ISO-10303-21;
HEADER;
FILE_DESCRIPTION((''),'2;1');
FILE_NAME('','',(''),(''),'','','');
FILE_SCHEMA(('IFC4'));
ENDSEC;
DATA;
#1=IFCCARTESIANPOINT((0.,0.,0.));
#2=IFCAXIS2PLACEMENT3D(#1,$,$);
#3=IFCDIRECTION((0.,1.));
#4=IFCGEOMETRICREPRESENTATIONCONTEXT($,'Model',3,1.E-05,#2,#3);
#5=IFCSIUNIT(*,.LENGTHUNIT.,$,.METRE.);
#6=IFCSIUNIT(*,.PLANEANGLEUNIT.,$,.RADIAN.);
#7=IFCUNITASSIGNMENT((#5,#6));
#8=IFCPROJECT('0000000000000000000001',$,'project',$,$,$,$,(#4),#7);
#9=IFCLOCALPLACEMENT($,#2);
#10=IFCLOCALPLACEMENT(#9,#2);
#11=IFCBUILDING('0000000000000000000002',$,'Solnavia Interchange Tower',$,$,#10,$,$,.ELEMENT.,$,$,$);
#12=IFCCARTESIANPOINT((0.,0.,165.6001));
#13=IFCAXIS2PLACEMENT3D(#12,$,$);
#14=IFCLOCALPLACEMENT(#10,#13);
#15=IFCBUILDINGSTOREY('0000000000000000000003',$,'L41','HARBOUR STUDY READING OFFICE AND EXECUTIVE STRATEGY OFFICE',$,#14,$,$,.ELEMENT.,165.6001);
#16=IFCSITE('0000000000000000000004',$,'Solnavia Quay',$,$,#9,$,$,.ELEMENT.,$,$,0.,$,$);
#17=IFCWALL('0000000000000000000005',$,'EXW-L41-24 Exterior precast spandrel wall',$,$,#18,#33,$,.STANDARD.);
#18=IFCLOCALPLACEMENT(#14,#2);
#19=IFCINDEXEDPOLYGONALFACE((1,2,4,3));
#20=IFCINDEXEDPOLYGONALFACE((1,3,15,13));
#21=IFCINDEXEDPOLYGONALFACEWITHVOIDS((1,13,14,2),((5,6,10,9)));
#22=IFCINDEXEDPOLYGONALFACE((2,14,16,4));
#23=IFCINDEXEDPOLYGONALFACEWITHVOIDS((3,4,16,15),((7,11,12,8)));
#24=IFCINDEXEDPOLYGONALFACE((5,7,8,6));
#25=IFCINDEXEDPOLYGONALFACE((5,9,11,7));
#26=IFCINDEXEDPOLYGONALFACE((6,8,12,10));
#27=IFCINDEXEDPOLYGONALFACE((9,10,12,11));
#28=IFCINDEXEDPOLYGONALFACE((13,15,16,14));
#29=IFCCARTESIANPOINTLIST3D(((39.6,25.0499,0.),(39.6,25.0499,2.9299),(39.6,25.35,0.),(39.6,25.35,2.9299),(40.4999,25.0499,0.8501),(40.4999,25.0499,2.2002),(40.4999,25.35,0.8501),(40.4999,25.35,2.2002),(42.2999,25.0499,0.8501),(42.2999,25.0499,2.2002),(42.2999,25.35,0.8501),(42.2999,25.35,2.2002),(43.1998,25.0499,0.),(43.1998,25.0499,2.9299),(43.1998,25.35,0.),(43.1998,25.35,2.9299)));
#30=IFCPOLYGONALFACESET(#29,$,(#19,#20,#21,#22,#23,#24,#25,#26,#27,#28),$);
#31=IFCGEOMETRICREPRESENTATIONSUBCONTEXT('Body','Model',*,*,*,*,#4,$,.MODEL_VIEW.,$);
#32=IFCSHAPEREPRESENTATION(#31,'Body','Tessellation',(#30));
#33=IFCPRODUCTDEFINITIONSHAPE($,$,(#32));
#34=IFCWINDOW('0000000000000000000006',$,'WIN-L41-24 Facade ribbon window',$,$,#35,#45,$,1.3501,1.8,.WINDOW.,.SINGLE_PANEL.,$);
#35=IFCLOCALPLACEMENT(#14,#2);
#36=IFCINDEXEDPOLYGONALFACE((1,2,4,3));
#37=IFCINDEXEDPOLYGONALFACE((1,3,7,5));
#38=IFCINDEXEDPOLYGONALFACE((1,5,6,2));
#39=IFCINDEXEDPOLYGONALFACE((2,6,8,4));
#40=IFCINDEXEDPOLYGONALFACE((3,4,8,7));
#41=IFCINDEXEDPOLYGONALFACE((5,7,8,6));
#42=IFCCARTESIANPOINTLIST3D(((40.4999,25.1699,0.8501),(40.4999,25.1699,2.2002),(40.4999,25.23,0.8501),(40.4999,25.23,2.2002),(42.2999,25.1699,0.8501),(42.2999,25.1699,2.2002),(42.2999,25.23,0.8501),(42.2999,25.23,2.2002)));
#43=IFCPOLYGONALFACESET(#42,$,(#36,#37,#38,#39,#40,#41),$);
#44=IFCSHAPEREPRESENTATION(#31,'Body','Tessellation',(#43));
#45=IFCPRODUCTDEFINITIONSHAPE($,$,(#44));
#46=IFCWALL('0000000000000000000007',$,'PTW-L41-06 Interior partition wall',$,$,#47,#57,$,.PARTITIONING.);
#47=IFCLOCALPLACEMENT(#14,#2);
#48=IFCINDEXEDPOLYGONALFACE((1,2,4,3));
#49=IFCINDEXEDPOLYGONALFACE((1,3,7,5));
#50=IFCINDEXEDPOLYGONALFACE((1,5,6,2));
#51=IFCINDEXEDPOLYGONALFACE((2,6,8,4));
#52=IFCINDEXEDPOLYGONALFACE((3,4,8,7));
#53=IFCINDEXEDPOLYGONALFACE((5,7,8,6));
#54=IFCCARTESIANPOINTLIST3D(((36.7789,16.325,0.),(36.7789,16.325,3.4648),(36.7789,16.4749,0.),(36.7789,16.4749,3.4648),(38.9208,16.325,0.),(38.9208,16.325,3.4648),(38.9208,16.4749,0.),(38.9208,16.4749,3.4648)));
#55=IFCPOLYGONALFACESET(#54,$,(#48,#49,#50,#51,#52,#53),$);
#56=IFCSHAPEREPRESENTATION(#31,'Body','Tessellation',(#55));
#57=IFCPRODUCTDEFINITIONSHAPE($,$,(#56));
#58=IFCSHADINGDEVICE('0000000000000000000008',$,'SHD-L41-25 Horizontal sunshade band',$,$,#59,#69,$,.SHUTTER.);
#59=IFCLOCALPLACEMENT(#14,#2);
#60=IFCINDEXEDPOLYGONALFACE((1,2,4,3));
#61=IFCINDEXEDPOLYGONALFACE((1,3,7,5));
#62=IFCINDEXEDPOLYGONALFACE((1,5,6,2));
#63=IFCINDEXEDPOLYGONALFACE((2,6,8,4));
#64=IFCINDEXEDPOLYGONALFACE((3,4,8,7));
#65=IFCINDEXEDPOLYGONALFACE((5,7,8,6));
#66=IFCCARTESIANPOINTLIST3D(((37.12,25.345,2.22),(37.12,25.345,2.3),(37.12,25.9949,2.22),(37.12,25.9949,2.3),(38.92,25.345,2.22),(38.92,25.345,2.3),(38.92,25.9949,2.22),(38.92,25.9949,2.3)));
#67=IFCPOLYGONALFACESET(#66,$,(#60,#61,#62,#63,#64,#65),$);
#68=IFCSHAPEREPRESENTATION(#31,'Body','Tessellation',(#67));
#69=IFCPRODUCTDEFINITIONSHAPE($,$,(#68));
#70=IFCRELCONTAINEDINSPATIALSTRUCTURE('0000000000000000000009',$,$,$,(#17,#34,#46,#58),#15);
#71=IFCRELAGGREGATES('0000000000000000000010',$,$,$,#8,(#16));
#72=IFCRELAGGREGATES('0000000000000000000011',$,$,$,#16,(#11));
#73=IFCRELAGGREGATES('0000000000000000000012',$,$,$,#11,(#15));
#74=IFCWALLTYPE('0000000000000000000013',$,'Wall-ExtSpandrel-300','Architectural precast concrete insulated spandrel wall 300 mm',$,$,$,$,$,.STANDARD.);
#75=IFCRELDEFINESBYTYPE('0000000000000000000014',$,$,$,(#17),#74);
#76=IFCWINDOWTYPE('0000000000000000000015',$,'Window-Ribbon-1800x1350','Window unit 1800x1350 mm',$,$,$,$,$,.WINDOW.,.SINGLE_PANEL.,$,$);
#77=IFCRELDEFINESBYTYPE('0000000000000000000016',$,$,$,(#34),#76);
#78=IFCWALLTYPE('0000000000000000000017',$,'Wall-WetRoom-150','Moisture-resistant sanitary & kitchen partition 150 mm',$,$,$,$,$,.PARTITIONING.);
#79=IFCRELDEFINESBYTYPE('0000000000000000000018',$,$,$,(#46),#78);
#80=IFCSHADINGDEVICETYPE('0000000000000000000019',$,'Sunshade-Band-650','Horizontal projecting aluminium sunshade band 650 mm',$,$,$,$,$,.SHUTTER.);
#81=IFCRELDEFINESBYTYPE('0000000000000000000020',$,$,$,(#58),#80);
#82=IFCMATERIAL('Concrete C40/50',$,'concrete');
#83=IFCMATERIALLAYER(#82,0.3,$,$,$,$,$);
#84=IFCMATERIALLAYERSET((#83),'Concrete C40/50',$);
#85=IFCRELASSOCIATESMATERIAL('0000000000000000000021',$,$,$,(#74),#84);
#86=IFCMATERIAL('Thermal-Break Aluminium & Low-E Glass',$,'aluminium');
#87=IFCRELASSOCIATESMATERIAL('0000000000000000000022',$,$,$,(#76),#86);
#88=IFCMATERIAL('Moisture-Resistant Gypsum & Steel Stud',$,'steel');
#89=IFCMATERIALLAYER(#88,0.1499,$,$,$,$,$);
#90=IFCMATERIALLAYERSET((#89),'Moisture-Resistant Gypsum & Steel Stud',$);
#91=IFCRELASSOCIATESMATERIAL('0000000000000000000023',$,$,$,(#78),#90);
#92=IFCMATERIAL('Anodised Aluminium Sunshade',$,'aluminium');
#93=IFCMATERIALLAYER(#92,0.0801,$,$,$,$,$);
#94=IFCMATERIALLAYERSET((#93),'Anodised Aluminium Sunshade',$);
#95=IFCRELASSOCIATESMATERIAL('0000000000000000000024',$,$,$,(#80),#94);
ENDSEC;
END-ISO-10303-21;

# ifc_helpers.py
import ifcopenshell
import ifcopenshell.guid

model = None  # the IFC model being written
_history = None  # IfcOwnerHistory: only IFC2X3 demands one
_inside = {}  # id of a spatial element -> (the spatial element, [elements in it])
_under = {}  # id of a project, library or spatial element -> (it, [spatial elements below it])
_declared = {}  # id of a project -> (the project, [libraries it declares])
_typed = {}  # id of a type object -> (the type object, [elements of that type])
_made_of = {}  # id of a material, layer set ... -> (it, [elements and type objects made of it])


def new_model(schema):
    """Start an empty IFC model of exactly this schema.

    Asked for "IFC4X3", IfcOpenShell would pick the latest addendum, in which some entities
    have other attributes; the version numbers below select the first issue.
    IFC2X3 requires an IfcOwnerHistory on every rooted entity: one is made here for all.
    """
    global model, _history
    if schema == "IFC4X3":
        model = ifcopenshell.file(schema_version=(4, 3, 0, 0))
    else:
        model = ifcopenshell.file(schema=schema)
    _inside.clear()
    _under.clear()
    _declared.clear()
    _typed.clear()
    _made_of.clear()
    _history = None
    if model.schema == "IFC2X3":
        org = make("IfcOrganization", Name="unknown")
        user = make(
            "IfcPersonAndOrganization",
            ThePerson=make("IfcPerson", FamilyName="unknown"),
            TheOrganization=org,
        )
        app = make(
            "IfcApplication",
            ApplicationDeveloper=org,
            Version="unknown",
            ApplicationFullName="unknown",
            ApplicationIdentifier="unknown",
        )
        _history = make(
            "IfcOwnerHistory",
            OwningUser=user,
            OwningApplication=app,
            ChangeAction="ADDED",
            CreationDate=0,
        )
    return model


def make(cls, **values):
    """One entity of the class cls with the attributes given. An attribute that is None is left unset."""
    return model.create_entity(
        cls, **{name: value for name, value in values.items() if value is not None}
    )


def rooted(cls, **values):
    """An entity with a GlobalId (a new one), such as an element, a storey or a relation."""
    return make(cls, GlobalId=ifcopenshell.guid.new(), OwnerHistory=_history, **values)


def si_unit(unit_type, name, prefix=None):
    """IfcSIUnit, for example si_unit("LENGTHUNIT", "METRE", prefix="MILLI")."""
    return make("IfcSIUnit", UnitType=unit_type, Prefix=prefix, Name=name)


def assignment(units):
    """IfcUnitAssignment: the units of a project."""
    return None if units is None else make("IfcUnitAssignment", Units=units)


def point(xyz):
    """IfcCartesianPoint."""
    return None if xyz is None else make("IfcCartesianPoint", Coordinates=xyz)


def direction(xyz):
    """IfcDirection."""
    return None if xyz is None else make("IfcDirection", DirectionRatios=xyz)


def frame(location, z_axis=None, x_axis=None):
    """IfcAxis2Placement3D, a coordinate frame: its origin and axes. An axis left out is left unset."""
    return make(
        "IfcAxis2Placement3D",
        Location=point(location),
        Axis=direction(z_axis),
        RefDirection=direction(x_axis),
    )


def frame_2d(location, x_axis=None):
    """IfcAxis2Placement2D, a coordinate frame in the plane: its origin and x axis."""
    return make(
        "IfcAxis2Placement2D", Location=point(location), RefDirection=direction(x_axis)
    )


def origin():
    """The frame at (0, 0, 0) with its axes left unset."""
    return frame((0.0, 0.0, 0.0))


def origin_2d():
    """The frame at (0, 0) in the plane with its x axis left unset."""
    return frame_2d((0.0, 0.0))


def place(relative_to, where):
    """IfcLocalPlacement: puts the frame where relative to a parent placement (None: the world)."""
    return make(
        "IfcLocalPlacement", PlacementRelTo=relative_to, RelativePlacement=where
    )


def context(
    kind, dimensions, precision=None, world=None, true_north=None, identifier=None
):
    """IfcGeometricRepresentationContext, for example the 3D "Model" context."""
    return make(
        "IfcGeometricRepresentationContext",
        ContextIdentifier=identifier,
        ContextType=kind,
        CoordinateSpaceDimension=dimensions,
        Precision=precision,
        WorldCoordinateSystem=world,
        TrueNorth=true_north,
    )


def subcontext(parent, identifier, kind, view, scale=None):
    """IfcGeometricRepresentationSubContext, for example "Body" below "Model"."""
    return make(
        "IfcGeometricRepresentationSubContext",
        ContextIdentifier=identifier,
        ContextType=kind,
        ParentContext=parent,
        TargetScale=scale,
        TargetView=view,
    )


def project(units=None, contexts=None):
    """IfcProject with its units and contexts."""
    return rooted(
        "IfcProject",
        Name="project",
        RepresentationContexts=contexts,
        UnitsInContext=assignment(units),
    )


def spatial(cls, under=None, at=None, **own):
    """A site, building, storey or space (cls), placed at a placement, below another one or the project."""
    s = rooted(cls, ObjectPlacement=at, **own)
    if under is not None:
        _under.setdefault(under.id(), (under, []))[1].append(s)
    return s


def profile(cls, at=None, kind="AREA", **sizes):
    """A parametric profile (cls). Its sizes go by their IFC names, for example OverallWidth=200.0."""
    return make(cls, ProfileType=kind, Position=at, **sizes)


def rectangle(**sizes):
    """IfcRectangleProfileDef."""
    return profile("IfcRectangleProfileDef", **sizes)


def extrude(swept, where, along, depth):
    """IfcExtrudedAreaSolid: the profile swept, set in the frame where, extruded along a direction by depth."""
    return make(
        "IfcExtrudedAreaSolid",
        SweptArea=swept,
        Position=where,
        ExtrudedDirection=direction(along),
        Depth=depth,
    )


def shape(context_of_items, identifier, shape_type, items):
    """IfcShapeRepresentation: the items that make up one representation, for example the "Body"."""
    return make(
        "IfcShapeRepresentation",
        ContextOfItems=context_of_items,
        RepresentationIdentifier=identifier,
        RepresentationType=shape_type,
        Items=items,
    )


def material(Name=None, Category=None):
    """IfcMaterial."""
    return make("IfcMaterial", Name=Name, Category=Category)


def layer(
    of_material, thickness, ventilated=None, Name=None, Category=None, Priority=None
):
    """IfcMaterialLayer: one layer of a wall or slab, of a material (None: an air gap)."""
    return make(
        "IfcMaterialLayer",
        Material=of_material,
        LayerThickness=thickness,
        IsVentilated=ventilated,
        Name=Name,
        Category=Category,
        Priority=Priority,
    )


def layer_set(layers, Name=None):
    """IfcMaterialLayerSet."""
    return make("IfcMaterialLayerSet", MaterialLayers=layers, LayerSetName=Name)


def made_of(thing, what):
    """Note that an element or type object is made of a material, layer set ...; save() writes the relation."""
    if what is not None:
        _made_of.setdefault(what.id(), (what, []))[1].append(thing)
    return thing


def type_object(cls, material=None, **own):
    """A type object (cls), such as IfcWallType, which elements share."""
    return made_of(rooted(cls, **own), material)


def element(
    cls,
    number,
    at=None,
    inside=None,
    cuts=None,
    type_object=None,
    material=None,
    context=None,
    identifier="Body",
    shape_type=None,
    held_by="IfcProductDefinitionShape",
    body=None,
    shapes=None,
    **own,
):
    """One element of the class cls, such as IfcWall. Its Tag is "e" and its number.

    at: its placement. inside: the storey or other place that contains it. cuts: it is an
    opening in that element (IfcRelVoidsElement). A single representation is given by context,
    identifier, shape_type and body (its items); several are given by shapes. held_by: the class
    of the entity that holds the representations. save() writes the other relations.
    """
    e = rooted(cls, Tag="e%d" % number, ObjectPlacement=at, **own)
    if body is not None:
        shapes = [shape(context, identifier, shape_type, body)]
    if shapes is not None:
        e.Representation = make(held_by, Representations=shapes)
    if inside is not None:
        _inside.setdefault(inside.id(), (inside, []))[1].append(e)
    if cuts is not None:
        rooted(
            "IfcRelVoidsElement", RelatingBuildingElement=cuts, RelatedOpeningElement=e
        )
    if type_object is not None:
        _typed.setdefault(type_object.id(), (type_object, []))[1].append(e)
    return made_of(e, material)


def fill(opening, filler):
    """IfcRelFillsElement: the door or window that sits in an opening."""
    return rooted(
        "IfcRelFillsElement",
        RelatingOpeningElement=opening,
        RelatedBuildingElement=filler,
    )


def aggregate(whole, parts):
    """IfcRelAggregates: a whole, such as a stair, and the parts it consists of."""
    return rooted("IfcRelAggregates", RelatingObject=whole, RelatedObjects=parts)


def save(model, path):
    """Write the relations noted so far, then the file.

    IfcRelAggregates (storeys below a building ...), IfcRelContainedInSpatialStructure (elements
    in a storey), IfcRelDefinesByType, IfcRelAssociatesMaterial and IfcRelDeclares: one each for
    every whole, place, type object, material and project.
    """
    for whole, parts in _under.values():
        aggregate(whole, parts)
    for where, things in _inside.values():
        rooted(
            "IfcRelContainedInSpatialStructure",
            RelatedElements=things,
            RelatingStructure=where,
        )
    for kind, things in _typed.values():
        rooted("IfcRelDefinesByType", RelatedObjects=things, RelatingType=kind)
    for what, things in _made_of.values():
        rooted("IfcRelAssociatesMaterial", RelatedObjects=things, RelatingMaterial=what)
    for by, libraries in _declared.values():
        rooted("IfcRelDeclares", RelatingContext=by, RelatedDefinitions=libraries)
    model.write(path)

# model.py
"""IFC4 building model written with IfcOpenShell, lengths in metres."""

from ifc_helpers import new_model, si_unit, direction, frame, frame_2d, origin, origin_2d, place, context, subcontext, project, spatial, rectangle, extrude, material, layer, layer_set, type_object, element, fill, save


model = new_model("IFC4")

# Units and contexts
model_context = context("Model", 3, precision=1e-05, world=origin(), true_north=direction((0.0, 1.0)))
body_context = subcontext(model_context, "Body", "Model", "MODEL_VIEW")
ifc_project = project(units=[si_unit("LENGTHUNIT", "METRE"), si_unit("PLANEANGLEUNIT", "RADIAN")], contexts=[model_context])

# Site, building, storey
site_placement = place(None, origin())
site = spatial("IfcSite", under=ifc_project, at=site_placement, Name="Solnavia Quay", CompositionType="ELEMENT", RefElevation=0.0)
building_placement = place(site_placement, origin())
building = spatial("IfcBuilding", under=site, at=building_placement, Name="Solnavia Interchange Tower", CompositionType="ELEMENT")
storey_placement = place(building_placement, frame((0.0, 0.0, 165.6001)))
storey = spatial("IfcBuildingStorey", under=building, at=storey_placement, Name="L41", Description="HARBOUR STUDY READING OFFICE AND EXECUTIVE STRATEGY OFFICE", CompositionType="ELEMENT", Elevation=165.6001)

# Shared definitions
ifc_material_1 = material(Name="Concrete C40/50", Category="concrete")
ifc_layer_1 = layer(ifc_material_1, 0.3)
ifc_layer_set_1 = layer_set([ifc_layer_1], Name="Concrete C40/50")
wall_type_1 = type_object("IfcWallType", Name="Wall-ExtSpandrel-300", Description="Architectural precast concrete insulated spandrel wall 300 mm", PredefinedType="STANDARD", material=ifc_layer_set_1)

# Wall, opening, window
wall_1_placement = place(storey_placement, frame((39.6001, 25.2, 0.0), z_axis=(0.0, 0.0, 1.0), x_axis=(1.0, 0.0, 0.0)))
wall_1 = element("IfcWall", 1, at=wall_1_placement, inside=storey, type_object=wall_type_1, Name="EXW-L41-24 Exterior precast spandrel wall", PredefinedType="STANDARD", context=body_context, shape_type="SweptSolid", body=[
    extrude(rectangle(XDim=3.5999, YDim=0.3, at=frame_2d((1.7998, 0.0))), origin(), (0.0, 0.0, 1.0), 2.9299),
])
opening_placement = place(wall_1_placement, frame((0.8999, 0.0, 0.8501)))
opening = element("IfcOpeningElement", 2, at=opening_placement, cuts=wall_1, PredefinedType="OPENING", context=body_context, shape_type="SweptSolid", body=[
    extrude(rectangle(XDim=1.8, YDim=1.3501, at=frame_2d((0.8999, 0.675))), frame((0.0, 0.1602, 0.0), z_axis=(0.0, -1.0, 0.0), x_axis=(1.0, 0.0, 0.0)), (0.0, 0.0, 1.0), 0.3201),
])
ifc_material_2 = material(Name="Thermal-Break Aluminium & Low-E Glass", Category="aluminium")
window_type = type_object("IfcWindowType", Name="Window-Ribbon-1800x1350", Description="Window unit 1800x1350 mm", PartitioningType="SINGLE_PANEL", PredefinedType="WINDOW", material=ifc_material_2)
window_placement = place(opening_placement, origin())
window = element("IfcWindow", 3, at=window_placement, inside=storey, type_object=window_type, Name="WIN-L41-24 Facade ribbon window", OverallHeight=1.3501, OverallWidth=1.8, PartitioningType="SINGLE_PANEL", PredefinedType="WINDOW", context=body_context, shape_type="SweptSolid", body=[
    extrude(rectangle(XDim=1.8, YDim=1.3501, at=frame_2d((0.8999, 0.675))), frame((0.0, 0.03, 0.0), z_axis=(0.0, -1.0, 0.0), x_axis=(1.0, 0.0, 0.0)), (0.0, 0.0, 1.0), 0.0601),
])
fill(opening, window)

# Wall
ifc_material_3 = material(Name="Moisture-Resistant Gypsum & Steel Stud", Category="steel")
ifc_layer_2 = layer(ifc_material_3, 0.1499)
ifc_layer_set_2 = layer_set([ifc_layer_2], Name="Moisture-Resistant Gypsum & Steel Stud")
wall_type_2 = type_object("IfcWallType", Name="Wall-WetRoom-150", Description="Moisture-resistant sanitary & kitchen partition 150 mm", PredefinedType="PARTITIONING", material=ifc_layer_set_2)
wall_2_placement = place(storey_placement, frame((36.7791, 16.3999, 0.0), z_axis=(0.0, 0.0, 1.0), x_axis=(1.0, 0.0, 0.0)))
element("IfcWall", 4, at=wall_2_placement, inside=storey, type_object=wall_type_2, Name="PTW-L41-06 Interior partition wall", PredefinedType="PARTITIONING", context=body_context, shape_type="SweptSolid", body=[
    extrude(rectangle(XDim=2.1418, YDim=0.1499, at=frame_2d((1.0708, 0.0))), origin(), (0.0, 0.0, 1.0), 3.4648),
])

# Shading device
ifc_material_4 = material(Name="Anodised Aluminium Sunshade", Category="aluminium")
ifc_layer_3 = layer(ifc_material_4, 0.0801)
ifc_layer_set_3 = layer_set([ifc_layer_3], Name="Anodised Aluminium Sunshade")
shading_device_type = type_object("IfcShadingDeviceType", Name="Sunshade-Band-650", Description="Horizontal projecting aluminium sunshade band 650 mm", PredefinedType="SHUTTER", material=ifc_layer_set_3)
shading_device_placement = place(storey_placement, frame((38.02, 25.6699, 2.22), z_axis=(0.0, 0.0, 1.0), x_axis=(1.0, 0.0, 0.0)))
element("IfcShadingDevice", 5, at=shading_device_placement, inside=storey, type_object=shading_device_type, Name="SHD-L41-25 Horizontal sunshade band", PredefinedType="SHUTTER", context=body_context, shape_type="SweptSolid", body=[
    extrude(rectangle(XDim=1.8, YDim=0.6499, at=origin_2d()), origin(), (0.0, 0.0, 1.0), 0.0801),
])

save(model, "model.ifc")
